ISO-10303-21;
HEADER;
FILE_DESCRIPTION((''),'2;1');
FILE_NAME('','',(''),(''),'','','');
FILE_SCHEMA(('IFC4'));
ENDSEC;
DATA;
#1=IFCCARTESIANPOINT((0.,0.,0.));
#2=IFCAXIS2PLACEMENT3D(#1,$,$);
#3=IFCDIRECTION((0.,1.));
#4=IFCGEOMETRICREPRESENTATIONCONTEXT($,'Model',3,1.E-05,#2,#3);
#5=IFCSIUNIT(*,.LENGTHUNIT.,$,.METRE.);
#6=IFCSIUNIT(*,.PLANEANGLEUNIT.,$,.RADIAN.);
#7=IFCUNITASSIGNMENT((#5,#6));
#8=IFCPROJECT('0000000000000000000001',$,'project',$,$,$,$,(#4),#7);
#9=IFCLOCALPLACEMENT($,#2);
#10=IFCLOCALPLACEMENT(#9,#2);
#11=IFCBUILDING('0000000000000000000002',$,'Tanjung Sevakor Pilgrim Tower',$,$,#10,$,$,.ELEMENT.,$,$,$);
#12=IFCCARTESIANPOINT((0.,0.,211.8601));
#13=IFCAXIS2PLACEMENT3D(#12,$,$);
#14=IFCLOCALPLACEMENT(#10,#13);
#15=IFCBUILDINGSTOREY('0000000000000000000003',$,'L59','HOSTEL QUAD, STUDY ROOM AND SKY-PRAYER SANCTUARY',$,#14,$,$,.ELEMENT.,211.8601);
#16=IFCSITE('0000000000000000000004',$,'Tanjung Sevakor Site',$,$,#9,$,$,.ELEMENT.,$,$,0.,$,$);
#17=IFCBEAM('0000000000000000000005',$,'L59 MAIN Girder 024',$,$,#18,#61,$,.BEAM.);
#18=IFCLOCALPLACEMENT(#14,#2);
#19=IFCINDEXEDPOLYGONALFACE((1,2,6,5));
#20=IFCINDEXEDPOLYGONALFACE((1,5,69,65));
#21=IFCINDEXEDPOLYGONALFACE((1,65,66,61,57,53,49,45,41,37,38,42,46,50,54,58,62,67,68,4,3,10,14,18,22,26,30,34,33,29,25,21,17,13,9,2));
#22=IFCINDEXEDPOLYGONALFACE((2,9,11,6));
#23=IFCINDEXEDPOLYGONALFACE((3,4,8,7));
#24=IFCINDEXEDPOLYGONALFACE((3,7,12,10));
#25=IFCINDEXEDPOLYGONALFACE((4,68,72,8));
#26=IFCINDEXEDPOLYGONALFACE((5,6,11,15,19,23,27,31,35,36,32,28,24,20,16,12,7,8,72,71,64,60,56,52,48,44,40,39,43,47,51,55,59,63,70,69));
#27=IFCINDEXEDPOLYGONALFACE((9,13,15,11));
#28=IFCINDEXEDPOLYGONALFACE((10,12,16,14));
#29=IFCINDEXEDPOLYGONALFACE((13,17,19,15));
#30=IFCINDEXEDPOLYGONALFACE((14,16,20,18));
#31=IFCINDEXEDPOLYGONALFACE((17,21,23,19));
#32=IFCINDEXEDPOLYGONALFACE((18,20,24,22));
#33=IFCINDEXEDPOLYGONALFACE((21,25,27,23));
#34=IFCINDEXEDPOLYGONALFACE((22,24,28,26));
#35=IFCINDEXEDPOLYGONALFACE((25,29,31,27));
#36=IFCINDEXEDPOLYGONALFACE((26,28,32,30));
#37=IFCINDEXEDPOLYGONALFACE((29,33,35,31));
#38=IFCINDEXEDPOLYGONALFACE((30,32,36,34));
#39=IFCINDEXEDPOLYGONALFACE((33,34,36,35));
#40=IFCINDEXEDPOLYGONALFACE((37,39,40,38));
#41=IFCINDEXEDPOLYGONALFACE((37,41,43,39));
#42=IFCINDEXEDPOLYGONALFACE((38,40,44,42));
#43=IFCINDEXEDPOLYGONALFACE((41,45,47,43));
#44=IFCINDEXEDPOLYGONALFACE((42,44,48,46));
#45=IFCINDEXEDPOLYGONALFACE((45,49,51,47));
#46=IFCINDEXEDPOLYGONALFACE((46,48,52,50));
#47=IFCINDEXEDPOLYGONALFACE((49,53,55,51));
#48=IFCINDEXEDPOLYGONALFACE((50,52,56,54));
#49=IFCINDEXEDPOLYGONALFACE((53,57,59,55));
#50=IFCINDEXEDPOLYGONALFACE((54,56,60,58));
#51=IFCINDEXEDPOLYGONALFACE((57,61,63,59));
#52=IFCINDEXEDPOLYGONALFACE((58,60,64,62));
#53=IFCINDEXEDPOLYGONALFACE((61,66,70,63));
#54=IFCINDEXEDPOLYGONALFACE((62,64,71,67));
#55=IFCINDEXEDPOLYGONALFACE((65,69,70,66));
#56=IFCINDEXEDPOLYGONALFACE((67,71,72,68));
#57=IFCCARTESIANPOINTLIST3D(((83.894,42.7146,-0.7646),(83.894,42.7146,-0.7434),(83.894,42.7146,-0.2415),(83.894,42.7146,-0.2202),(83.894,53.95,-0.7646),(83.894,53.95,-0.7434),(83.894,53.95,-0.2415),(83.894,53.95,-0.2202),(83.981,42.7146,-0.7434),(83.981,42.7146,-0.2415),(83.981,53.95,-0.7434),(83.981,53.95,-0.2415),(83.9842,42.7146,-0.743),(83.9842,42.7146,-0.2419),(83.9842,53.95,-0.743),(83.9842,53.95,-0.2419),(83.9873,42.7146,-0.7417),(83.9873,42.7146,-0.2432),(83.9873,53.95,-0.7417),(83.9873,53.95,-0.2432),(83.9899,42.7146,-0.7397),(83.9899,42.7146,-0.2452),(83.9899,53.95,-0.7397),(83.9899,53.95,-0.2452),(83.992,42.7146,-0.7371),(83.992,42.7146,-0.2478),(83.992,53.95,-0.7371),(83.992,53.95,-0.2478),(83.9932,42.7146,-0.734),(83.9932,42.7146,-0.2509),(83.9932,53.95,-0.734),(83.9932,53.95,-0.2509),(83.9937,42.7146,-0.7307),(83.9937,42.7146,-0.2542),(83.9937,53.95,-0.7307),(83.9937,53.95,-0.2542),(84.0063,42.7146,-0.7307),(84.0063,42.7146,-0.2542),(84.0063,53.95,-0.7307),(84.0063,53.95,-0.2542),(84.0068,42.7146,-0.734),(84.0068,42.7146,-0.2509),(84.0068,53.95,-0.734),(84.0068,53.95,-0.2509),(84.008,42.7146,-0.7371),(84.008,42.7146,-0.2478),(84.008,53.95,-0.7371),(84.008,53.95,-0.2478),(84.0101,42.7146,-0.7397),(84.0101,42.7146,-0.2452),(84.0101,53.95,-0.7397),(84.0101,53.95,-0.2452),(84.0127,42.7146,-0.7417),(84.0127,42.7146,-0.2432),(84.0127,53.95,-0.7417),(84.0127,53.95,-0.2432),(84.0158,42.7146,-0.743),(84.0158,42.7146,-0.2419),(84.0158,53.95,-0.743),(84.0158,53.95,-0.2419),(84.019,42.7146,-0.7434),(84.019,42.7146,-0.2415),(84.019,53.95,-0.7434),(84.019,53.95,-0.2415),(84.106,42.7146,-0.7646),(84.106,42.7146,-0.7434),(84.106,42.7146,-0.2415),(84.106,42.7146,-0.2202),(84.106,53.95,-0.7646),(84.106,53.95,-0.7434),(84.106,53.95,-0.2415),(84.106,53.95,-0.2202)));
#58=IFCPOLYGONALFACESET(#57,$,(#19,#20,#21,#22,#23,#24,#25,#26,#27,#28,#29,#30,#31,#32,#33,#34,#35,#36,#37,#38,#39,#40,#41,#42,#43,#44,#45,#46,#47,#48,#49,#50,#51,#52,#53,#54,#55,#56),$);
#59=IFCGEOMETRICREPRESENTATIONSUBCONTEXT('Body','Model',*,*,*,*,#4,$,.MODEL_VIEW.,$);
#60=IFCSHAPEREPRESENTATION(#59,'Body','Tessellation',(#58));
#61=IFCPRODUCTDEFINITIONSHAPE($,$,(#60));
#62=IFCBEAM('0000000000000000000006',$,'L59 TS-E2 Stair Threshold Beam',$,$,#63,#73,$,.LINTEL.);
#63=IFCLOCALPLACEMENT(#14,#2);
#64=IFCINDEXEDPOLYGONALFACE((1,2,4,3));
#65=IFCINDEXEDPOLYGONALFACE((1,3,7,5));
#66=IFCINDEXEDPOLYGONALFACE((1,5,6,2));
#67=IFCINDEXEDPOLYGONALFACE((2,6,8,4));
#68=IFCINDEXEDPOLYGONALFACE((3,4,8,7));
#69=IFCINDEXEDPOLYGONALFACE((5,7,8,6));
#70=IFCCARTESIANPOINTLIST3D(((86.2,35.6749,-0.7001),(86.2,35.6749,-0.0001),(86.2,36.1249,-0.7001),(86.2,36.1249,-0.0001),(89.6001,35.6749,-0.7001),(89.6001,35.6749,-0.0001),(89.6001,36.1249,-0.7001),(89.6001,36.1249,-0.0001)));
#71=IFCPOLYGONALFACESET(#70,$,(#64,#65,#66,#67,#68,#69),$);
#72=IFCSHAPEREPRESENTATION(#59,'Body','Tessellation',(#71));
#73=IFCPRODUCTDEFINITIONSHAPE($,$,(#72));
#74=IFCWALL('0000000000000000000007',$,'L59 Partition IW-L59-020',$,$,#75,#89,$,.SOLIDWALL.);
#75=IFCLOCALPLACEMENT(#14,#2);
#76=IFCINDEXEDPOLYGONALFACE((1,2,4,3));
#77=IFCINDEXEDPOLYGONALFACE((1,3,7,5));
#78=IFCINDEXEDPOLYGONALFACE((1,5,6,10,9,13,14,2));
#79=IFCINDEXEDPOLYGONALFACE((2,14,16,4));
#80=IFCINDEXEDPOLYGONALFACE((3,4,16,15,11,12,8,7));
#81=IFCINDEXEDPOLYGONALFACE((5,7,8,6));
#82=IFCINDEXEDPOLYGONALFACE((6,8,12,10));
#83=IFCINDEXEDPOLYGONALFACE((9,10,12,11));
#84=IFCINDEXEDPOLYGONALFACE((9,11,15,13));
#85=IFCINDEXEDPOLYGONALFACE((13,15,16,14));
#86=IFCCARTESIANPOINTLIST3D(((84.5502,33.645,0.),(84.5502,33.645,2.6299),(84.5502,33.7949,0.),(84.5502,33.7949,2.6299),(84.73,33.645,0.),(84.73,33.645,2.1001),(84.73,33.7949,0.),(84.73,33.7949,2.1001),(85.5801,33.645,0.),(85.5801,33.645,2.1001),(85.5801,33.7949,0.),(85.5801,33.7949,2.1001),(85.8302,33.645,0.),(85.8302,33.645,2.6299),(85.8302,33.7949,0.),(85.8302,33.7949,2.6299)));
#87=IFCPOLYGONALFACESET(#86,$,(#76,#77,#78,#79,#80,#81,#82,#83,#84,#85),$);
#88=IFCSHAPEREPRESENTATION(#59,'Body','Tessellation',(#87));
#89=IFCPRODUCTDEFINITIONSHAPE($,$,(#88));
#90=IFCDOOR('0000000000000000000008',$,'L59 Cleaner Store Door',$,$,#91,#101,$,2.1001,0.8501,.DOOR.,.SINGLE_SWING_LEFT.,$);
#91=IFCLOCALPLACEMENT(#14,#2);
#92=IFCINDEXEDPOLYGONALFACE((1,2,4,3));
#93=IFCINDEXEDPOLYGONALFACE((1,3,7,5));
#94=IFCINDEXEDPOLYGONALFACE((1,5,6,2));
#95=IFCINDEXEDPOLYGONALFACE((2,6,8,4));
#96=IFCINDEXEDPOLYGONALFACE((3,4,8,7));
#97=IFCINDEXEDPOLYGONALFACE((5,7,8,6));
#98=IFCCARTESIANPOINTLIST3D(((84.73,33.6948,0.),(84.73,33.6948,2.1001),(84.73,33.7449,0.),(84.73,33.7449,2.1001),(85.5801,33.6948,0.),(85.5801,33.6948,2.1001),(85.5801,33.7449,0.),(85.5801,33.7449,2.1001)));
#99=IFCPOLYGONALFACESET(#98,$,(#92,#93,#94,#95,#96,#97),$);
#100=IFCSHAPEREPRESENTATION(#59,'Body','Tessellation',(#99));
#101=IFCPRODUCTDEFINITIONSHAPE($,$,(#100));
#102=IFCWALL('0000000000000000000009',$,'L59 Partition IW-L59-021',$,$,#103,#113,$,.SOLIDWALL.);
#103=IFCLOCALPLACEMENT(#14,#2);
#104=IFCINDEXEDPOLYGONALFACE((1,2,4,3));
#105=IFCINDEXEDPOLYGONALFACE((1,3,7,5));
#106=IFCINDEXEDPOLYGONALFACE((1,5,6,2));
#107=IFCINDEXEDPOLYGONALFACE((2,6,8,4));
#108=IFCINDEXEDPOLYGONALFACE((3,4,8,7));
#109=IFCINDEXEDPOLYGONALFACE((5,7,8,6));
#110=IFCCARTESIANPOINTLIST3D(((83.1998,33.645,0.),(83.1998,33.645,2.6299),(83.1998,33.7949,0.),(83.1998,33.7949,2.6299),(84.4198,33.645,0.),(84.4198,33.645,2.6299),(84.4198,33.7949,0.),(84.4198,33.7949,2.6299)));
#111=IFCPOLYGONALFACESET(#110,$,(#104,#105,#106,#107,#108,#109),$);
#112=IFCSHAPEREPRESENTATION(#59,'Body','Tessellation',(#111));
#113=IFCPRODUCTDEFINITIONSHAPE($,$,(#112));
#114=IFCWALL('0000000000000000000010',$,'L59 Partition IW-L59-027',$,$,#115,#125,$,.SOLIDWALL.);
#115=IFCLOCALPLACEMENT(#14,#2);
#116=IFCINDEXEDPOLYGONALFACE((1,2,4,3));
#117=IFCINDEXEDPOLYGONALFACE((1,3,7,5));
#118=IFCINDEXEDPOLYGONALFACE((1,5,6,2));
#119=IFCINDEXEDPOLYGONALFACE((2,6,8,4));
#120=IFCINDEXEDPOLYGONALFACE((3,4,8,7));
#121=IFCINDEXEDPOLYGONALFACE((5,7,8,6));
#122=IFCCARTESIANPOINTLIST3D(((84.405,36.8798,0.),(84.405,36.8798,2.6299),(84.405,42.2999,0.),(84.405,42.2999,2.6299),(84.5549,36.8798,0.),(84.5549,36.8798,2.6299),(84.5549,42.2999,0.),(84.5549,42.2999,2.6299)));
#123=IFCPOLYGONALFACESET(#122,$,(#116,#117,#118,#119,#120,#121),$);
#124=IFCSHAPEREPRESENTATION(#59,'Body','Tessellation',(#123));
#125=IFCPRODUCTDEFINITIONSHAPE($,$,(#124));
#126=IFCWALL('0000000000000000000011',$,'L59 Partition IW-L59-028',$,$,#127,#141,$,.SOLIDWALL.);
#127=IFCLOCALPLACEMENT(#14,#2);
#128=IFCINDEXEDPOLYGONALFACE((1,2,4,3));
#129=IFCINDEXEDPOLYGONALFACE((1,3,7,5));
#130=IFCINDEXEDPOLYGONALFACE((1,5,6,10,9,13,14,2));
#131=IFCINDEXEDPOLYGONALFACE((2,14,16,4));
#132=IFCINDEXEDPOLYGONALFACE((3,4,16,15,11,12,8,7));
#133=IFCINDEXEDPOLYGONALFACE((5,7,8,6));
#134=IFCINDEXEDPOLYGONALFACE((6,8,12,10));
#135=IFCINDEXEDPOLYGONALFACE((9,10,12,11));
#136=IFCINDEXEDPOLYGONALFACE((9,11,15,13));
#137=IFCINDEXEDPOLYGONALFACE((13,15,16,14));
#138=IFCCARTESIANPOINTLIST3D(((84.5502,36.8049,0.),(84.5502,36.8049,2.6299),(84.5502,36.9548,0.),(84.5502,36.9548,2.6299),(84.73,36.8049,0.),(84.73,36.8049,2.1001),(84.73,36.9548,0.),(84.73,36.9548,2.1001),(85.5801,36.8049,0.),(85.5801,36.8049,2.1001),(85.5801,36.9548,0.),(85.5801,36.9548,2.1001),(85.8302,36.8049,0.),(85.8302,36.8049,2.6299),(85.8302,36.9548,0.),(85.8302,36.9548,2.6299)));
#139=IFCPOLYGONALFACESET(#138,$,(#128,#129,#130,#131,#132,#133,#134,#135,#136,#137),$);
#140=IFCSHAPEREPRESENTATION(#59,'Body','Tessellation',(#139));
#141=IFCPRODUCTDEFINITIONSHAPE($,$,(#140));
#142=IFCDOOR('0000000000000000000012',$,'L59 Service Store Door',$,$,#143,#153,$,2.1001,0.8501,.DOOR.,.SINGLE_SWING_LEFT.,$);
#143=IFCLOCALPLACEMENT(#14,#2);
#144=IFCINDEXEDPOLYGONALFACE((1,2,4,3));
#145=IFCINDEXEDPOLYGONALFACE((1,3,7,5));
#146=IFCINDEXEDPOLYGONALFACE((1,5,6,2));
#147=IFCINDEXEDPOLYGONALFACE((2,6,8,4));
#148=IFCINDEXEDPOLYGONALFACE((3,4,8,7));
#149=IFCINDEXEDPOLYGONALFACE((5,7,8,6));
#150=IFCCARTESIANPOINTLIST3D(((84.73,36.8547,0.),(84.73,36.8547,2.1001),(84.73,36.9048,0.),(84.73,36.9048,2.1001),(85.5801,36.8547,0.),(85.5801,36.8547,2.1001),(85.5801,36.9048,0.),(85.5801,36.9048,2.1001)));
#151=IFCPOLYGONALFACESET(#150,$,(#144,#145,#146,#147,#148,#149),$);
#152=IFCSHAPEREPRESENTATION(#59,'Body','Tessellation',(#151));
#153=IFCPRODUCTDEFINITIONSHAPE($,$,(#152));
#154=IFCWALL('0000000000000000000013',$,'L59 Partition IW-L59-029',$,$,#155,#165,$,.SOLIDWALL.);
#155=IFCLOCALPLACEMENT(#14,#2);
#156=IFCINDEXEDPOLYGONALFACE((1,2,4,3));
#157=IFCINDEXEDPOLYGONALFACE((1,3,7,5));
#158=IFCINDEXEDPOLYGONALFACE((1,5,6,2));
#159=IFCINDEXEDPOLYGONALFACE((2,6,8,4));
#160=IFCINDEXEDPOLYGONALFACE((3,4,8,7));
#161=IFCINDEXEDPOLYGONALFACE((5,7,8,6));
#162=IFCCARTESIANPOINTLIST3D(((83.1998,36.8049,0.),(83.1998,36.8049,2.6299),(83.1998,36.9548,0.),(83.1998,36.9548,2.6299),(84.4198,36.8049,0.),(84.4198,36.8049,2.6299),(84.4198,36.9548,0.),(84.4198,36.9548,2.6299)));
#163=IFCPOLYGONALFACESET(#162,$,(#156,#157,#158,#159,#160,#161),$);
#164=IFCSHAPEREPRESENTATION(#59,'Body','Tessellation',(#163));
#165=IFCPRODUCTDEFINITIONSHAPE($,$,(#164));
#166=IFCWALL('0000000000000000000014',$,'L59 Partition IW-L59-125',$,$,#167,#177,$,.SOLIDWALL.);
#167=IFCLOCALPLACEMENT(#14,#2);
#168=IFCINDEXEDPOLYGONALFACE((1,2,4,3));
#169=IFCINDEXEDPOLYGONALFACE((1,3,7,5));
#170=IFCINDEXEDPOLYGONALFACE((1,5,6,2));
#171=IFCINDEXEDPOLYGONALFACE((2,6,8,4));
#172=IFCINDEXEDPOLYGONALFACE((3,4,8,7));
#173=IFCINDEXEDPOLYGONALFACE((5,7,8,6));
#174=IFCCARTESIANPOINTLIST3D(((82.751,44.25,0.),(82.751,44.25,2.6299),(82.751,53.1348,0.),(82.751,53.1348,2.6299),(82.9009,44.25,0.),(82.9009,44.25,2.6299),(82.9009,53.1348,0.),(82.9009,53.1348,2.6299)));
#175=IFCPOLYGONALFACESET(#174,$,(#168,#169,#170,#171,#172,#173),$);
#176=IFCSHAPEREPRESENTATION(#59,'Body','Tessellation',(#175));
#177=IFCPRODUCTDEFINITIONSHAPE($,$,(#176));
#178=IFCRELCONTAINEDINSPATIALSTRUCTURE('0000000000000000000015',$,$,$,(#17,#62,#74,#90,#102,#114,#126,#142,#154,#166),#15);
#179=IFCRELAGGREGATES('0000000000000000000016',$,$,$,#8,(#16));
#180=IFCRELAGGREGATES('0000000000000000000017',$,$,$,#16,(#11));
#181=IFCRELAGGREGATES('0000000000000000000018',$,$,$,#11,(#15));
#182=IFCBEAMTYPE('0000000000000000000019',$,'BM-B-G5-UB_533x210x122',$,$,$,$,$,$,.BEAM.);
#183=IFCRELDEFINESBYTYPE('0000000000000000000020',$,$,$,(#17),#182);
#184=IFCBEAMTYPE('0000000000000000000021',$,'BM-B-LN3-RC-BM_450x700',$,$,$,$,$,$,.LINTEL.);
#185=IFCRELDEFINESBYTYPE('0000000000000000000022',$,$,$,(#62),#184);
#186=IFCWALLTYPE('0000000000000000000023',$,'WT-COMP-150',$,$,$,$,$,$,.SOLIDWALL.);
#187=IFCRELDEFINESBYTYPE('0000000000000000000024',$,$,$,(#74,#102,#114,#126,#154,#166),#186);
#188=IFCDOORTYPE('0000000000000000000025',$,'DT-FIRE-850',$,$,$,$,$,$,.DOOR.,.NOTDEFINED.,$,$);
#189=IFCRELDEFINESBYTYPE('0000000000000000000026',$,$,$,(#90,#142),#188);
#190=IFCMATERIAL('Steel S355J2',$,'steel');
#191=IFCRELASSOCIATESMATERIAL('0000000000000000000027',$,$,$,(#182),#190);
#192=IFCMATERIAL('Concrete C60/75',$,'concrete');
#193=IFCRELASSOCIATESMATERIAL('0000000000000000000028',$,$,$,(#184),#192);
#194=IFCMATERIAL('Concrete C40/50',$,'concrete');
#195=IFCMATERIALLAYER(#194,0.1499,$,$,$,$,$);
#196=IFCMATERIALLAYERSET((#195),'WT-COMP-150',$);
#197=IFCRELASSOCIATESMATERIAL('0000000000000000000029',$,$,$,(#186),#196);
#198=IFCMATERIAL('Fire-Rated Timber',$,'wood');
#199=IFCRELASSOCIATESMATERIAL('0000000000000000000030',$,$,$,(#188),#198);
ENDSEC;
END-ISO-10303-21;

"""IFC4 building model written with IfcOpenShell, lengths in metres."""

from ifc_helpers import new_model, si_unit, direction, frame, frame_2d, origin, origin_2d, place, context, subcontext, project, spatial, rectangle, i_section, extrude, material, layer, layer_set, material_profile, profile_set, type_object, element, fill, save


model = new_model("IFC4")

# Units and contexts
model_context = context("Model", 3, precision=1e-05, world=origin(), true_north=direction((0.0, 1.0)))
body_context = subcontext(model_context, "Body", "Model", "MODEL_VIEW")
ifc_project = project(units=[si_unit("LENGTHUNIT", "METRE"), si_unit("PLANEANGLEUNIT", "RADIAN")], contexts=[model_context])

# Site, building, storey
site_placement = place(None, origin())
site = spatial("IfcSite", under=ifc_project, at=site_placement, Name="Tanjung Sevakor Site", CompositionType="ELEMENT", RefElevation=0.0)
building_placement = place(site_placement, origin())
building = spatial("IfcBuilding", under=site, at=building_placement, Name="Tanjung Sevakor Pilgrim Tower", CompositionType="ELEMENT")
storey_placement = place(building_placement, frame((0.0, 0.0, 211.8601)))
storey = spatial("IfcBuildingStorey", under=building, at=storey_placement, Name="L59", Description="HOSTEL QUAD, STUDY ROOM AND SKY-PRAYER SANCTUARY", CompositionType="ELEMENT", Elevation=211.8601)

# Beams
ifc_material_1 = material(Name="Steel S355J2", Category="steel")
ifc_material_profile_1 = material_profile(ifc_material_1, i_section(OverallWidth=0.2119, OverallDepth=0.5444, WebThickness=0.0127, FlangeThickness=0.0212, FilletRadius=0.0127, at=origin_2d()))
ifc_profile_set_1 = profile_set([ifc_material_profile_1], Name="Steel S355J2")
beam_type_1 = type_object("IfcBeamType", Name="BM-B-G5-UB_533x210x122", PredefinedType="BEAM", material=ifc_profile_set_1)
beam_1_placement = place(storey_placement, frame((84.0, 42.7146, -0.4924), z_axis=(0.0, 1.0, 0.0), x_axis=(-1.0, 0.0, 0.0)))
element("IfcBeam", 1, at=beam_1_placement, inside=storey, type_object=beam_type_1, Name="L59 MAIN Girder 024", PredefinedType="BEAM", context=body_context, shape_type="SweptSolid", body=[
    extrude(i_section(OverallWidth=0.2119, OverallDepth=0.5444, WebThickness=0.0127, FlangeThickness=0.0212, FilletRadius=0.0127, at=origin_2d()), origin(), (0.0, 0.0, 1.0), 11.2354),
])
ifc_material_2 = material(Name="Concrete C60/75", Category="concrete")
ifc_material_profile_2 = material_profile(ifc_material_2, rectangle(XDim=0.45, YDim=0.7, at=origin_2d()))
ifc_profile_set_2 = profile_set([ifc_material_profile_2], Name="Concrete C60/75")
beam_type_2 = type_object("IfcBeamType", Name="BM-B-LN3-RC-BM_450x700", PredefinedType="LINTEL", material=ifc_profile_set_2)
beam_2_placement = place(storey_placement, frame((86.2, 35.8999, -0.3501), z_axis=(1.0, 0.0, 0.0), x_axis=(0.0, 1.0, 0.0)))
element("IfcBeam", 2, at=beam_2_placement, inside=storey, type_object=beam_type_2, Name="L59 TS-E2 Stair Threshold Beam", PredefinedType="LINTEL", context=body_context, shape_type="SweptSolid", body=[
    extrude(rectangle(XDim=0.45, YDim=0.7, at=origin_2d()), origin(), (0.0, 0.0, 1.0), 3.4001),
])

# Wall, opening, door
ifc_material_3 = material(Name="Concrete C40/50", Category="concrete")
ifc_layer_1 = layer(ifc_material_3, 0.1499)
ifc_layer_set_1 = layer_set([ifc_layer_1], Name="WT-COMP-150")
wall_type_1 = type_object("IfcWallType", Name="WT-COMP-150", PredefinedType="SOLIDWALL", material=ifc_layer_set_1)
wall_1_placement = place(storey_placement, frame((84.55, 33.72, 0.0), z_axis=(0.0, 0.0, 1.0), x_axis=(1.0, 0.0, 0.0)))
wall_1 = element("IfcWall", 3, at=wall_1_placement, inside=storey, type_object=wall_type_1, Name="L59 Partition IW-L59-020", PredefinedType="SOLIDWALL", context=body_context, shape_type="SweptSolid", body=[
    extrude(rectangle(XDim=1.28, YDim=0.1499, at=frame_2d((0.6401, 0.0))), origin(), (0.0, 0.0, 1.0), 2.6299),
])
opening_1_placement = place(wall_1_placement, frame((0.1799, 0.0, 0.0)))
opening_1 = element("IfcOpeningElement", 4, at=opening_1_placement, cuts=wall_1, PredefinedType="OPENING", context=body_context, shape_type="SweptSolid", body=[
    extrude(rectangle(XDim=0.8501, YDim=2.1001, at=frame_2d((0.425, 1.05))), frame((0.0, 0.085, 0.0), z_axis=(0.0, -1.0, 0.0), x_axis=(1.0, 0.0, 0.0)), (0.0, 0.0, 1.0), 0.1699),
])
ifc_material_4 = material(Name="Fire-Rated Timber", Category="wood")
door_type_1 = type_object("IfcDoorType", Name="DT-FIRE-850", OperationType="NOTDEFINED", PredefinedType="DOOR", material=ifc_material_4)
door_1_placement = place(opening_1_placement, origin())
door_1 = element("IfcDoor", 5, at=door_1_placement, inside=storey, type_object=door_type_1, Name="L59 Cleaner Store Door", OperationType="SINGLE_SWING_LEFT", OverallHeight=2.1001, OverallWidth=0.8501, PredefinedType="DOOR", context=body_context, shape_type="SweptSolid", body=[
    extrude(rectangle(XDim=0.8501, YDim=2.1001, at=frame_2d((0.425, 1.05))), frame((0.0, 0.0249, 0.0), z_axis=(0.0, -1.0, 0.0), x_axis=(1.0, 0.0, 0.0)), (0.0, 0.0, 1.0), 0.05),
])
fill(opening_1, door_1)

# Walls
wall_2_placement = place(storey_placement, frame((83.2, 33.72, 0.0), z_axis=(0.0, 0.0, 1.0), x_axis=(1.0, 0.0, 0.0)))
element("IfcWall", 6, at=wall_2_placement, inside=storey, type_object=wall_type_1, Name="L59 Partition IW-L59-021", PredefinedType="SOLIDWALL", context=body_context, shape_type="SweptSolid", body=[
    extrude(rectangle(XDim=1.22, YDim=0.1499, at=frame_2d((0.6099, 0.0))), origin(), (0.0, 0.0, 1.0), 2.6299),
])
wall_3_placement = place(storey_placement, frame((84.48, 36.8799, 0.0), z_axis=(0.0, 0.0, 1.0), x_axis=(0.0, 1.0, 0.0)))
element("IfcWall", 7, at=wall_3_placement, inside=storey, type_object=wall_type_1, Name="L59 Partition IW-L59-027", PredefinedType="SOLIDWALL", context=body_context, shape_type="SweptSolid", body=[
    extrude(rectangle(XDim=5.4202, YDim=0.1499, at=frame_2d((2.71, 0.0))), origin(), (0.0, 0.0, 1.0), 2.6299),
])

# Wall, opening, door
wall_4_placement = place(storey_placement, frame((84.55, 36.8799, 0.0), z_axis=(0.0, 0.0, 1.0), x_axis=(1.0, 0.0, 0.0)))
wall_4 = element("IfcWall", 8, at=wall_4_placement, inside=storey, type_object=wall_type_1, Name="L59 Partition IW-L59-028", PredefinedType="SOLIDWALL", context=body_context, shape_type="SweptSolid", body=[
    extrude(rectangle(XDim=1.28, YDim=0.1499, at=frame_2d((0.6401, 0.0))), origin(), (0.0, 0.0, 1.0), 2.6299),
])
opening_2_placement = place(wall_4_placement, frame((0.1799, 0.0, 0.0)))
opening_2 = element("IfcOpeningElement", 9, at=opening_2_placement, cuts=wall_4, PredefinedType="OPENING", context=body_context, shape_type="SweptSolid", body=[
    extrude(rectangle(XDim=0.8501, YDim=2.1001, at=frame_2d((0.425, 1.05))), frame((0.0, 0.085, 0.0), z_axis=(0.0, -1.0, 0.0), x_axis=(1.0, 0.0, 0.0)), (0.0, 0.0, 1.0), 0.1699),
])
door_2_placement = place(opening_2_placement, origin())
door_2 = element("IfcDoor", 10, at=door_2_placement, inside=storey, type_object=door_type_1, Name="L59 Service Store Door", OperationType="SINGLE_SWING_LEFT", OverallHeight=2.1001, OverallWidth=0.8501, PredefinedType="DOOR", context=body_context, shape_type="SweptSolid", body=[
    extrude(rectangle(XDim=0.8501, YDim=2.1001, at=frame_2d((0.425, 1.05))), frame((0.0, 0.0249, 0.0), z_axis=(0.0, -1.0, 0.0), x_axis=(1.0, 0.0, 0.0)), (0.0, 0.0, 1.0), 0.05),
])
fill(opening_2, door_2)

# Wall
wall_5_placement = place(storey_placement, frame((83.2, 36.8799, 0.0), z_axis=(0.0, 0.0, 1.0), x_axis=(1.0, 0.0, 0.0)))
element("IfcWall", 11, at=wall_5_placement, inside=storey, type_object=wall_type_1, Name="L59 Partition IW-L59-029", PredefinedType="SOLIDWALL", context=body_context, shape_type="SweptSolid", body=[
    extrude(rectangle(XDim=1.22, YDim=0.1499, at=frame_2d((0.6099, 0.0))), origin(), (0.0, 0.0, 1.0), 2.6299),
])

# Wall
wall_6_placement = place(storey_placement, frame((82.8259, 44.25, 0.0), z_axis=(0.0, 0.0, 1.0), x_axis=(0.0, 1.0, 0.0)))
element("IfcWall", 12, at=wall_6_placement, inside=storey, type_object=wall_type_1, Name="L59 Partition IW-L59-125", PredefinedType="SOLIDWALL", context=body_context, shape_type="SweptSolid", body=[
    extrude(rectangle(XDim=8.8848, YDim=0.1499, at=frame_2d((4.4424, 0.0))), origin(), (0.0, 0.0, 1.0), 2.6299),
])

save(model, "model.ifc")
